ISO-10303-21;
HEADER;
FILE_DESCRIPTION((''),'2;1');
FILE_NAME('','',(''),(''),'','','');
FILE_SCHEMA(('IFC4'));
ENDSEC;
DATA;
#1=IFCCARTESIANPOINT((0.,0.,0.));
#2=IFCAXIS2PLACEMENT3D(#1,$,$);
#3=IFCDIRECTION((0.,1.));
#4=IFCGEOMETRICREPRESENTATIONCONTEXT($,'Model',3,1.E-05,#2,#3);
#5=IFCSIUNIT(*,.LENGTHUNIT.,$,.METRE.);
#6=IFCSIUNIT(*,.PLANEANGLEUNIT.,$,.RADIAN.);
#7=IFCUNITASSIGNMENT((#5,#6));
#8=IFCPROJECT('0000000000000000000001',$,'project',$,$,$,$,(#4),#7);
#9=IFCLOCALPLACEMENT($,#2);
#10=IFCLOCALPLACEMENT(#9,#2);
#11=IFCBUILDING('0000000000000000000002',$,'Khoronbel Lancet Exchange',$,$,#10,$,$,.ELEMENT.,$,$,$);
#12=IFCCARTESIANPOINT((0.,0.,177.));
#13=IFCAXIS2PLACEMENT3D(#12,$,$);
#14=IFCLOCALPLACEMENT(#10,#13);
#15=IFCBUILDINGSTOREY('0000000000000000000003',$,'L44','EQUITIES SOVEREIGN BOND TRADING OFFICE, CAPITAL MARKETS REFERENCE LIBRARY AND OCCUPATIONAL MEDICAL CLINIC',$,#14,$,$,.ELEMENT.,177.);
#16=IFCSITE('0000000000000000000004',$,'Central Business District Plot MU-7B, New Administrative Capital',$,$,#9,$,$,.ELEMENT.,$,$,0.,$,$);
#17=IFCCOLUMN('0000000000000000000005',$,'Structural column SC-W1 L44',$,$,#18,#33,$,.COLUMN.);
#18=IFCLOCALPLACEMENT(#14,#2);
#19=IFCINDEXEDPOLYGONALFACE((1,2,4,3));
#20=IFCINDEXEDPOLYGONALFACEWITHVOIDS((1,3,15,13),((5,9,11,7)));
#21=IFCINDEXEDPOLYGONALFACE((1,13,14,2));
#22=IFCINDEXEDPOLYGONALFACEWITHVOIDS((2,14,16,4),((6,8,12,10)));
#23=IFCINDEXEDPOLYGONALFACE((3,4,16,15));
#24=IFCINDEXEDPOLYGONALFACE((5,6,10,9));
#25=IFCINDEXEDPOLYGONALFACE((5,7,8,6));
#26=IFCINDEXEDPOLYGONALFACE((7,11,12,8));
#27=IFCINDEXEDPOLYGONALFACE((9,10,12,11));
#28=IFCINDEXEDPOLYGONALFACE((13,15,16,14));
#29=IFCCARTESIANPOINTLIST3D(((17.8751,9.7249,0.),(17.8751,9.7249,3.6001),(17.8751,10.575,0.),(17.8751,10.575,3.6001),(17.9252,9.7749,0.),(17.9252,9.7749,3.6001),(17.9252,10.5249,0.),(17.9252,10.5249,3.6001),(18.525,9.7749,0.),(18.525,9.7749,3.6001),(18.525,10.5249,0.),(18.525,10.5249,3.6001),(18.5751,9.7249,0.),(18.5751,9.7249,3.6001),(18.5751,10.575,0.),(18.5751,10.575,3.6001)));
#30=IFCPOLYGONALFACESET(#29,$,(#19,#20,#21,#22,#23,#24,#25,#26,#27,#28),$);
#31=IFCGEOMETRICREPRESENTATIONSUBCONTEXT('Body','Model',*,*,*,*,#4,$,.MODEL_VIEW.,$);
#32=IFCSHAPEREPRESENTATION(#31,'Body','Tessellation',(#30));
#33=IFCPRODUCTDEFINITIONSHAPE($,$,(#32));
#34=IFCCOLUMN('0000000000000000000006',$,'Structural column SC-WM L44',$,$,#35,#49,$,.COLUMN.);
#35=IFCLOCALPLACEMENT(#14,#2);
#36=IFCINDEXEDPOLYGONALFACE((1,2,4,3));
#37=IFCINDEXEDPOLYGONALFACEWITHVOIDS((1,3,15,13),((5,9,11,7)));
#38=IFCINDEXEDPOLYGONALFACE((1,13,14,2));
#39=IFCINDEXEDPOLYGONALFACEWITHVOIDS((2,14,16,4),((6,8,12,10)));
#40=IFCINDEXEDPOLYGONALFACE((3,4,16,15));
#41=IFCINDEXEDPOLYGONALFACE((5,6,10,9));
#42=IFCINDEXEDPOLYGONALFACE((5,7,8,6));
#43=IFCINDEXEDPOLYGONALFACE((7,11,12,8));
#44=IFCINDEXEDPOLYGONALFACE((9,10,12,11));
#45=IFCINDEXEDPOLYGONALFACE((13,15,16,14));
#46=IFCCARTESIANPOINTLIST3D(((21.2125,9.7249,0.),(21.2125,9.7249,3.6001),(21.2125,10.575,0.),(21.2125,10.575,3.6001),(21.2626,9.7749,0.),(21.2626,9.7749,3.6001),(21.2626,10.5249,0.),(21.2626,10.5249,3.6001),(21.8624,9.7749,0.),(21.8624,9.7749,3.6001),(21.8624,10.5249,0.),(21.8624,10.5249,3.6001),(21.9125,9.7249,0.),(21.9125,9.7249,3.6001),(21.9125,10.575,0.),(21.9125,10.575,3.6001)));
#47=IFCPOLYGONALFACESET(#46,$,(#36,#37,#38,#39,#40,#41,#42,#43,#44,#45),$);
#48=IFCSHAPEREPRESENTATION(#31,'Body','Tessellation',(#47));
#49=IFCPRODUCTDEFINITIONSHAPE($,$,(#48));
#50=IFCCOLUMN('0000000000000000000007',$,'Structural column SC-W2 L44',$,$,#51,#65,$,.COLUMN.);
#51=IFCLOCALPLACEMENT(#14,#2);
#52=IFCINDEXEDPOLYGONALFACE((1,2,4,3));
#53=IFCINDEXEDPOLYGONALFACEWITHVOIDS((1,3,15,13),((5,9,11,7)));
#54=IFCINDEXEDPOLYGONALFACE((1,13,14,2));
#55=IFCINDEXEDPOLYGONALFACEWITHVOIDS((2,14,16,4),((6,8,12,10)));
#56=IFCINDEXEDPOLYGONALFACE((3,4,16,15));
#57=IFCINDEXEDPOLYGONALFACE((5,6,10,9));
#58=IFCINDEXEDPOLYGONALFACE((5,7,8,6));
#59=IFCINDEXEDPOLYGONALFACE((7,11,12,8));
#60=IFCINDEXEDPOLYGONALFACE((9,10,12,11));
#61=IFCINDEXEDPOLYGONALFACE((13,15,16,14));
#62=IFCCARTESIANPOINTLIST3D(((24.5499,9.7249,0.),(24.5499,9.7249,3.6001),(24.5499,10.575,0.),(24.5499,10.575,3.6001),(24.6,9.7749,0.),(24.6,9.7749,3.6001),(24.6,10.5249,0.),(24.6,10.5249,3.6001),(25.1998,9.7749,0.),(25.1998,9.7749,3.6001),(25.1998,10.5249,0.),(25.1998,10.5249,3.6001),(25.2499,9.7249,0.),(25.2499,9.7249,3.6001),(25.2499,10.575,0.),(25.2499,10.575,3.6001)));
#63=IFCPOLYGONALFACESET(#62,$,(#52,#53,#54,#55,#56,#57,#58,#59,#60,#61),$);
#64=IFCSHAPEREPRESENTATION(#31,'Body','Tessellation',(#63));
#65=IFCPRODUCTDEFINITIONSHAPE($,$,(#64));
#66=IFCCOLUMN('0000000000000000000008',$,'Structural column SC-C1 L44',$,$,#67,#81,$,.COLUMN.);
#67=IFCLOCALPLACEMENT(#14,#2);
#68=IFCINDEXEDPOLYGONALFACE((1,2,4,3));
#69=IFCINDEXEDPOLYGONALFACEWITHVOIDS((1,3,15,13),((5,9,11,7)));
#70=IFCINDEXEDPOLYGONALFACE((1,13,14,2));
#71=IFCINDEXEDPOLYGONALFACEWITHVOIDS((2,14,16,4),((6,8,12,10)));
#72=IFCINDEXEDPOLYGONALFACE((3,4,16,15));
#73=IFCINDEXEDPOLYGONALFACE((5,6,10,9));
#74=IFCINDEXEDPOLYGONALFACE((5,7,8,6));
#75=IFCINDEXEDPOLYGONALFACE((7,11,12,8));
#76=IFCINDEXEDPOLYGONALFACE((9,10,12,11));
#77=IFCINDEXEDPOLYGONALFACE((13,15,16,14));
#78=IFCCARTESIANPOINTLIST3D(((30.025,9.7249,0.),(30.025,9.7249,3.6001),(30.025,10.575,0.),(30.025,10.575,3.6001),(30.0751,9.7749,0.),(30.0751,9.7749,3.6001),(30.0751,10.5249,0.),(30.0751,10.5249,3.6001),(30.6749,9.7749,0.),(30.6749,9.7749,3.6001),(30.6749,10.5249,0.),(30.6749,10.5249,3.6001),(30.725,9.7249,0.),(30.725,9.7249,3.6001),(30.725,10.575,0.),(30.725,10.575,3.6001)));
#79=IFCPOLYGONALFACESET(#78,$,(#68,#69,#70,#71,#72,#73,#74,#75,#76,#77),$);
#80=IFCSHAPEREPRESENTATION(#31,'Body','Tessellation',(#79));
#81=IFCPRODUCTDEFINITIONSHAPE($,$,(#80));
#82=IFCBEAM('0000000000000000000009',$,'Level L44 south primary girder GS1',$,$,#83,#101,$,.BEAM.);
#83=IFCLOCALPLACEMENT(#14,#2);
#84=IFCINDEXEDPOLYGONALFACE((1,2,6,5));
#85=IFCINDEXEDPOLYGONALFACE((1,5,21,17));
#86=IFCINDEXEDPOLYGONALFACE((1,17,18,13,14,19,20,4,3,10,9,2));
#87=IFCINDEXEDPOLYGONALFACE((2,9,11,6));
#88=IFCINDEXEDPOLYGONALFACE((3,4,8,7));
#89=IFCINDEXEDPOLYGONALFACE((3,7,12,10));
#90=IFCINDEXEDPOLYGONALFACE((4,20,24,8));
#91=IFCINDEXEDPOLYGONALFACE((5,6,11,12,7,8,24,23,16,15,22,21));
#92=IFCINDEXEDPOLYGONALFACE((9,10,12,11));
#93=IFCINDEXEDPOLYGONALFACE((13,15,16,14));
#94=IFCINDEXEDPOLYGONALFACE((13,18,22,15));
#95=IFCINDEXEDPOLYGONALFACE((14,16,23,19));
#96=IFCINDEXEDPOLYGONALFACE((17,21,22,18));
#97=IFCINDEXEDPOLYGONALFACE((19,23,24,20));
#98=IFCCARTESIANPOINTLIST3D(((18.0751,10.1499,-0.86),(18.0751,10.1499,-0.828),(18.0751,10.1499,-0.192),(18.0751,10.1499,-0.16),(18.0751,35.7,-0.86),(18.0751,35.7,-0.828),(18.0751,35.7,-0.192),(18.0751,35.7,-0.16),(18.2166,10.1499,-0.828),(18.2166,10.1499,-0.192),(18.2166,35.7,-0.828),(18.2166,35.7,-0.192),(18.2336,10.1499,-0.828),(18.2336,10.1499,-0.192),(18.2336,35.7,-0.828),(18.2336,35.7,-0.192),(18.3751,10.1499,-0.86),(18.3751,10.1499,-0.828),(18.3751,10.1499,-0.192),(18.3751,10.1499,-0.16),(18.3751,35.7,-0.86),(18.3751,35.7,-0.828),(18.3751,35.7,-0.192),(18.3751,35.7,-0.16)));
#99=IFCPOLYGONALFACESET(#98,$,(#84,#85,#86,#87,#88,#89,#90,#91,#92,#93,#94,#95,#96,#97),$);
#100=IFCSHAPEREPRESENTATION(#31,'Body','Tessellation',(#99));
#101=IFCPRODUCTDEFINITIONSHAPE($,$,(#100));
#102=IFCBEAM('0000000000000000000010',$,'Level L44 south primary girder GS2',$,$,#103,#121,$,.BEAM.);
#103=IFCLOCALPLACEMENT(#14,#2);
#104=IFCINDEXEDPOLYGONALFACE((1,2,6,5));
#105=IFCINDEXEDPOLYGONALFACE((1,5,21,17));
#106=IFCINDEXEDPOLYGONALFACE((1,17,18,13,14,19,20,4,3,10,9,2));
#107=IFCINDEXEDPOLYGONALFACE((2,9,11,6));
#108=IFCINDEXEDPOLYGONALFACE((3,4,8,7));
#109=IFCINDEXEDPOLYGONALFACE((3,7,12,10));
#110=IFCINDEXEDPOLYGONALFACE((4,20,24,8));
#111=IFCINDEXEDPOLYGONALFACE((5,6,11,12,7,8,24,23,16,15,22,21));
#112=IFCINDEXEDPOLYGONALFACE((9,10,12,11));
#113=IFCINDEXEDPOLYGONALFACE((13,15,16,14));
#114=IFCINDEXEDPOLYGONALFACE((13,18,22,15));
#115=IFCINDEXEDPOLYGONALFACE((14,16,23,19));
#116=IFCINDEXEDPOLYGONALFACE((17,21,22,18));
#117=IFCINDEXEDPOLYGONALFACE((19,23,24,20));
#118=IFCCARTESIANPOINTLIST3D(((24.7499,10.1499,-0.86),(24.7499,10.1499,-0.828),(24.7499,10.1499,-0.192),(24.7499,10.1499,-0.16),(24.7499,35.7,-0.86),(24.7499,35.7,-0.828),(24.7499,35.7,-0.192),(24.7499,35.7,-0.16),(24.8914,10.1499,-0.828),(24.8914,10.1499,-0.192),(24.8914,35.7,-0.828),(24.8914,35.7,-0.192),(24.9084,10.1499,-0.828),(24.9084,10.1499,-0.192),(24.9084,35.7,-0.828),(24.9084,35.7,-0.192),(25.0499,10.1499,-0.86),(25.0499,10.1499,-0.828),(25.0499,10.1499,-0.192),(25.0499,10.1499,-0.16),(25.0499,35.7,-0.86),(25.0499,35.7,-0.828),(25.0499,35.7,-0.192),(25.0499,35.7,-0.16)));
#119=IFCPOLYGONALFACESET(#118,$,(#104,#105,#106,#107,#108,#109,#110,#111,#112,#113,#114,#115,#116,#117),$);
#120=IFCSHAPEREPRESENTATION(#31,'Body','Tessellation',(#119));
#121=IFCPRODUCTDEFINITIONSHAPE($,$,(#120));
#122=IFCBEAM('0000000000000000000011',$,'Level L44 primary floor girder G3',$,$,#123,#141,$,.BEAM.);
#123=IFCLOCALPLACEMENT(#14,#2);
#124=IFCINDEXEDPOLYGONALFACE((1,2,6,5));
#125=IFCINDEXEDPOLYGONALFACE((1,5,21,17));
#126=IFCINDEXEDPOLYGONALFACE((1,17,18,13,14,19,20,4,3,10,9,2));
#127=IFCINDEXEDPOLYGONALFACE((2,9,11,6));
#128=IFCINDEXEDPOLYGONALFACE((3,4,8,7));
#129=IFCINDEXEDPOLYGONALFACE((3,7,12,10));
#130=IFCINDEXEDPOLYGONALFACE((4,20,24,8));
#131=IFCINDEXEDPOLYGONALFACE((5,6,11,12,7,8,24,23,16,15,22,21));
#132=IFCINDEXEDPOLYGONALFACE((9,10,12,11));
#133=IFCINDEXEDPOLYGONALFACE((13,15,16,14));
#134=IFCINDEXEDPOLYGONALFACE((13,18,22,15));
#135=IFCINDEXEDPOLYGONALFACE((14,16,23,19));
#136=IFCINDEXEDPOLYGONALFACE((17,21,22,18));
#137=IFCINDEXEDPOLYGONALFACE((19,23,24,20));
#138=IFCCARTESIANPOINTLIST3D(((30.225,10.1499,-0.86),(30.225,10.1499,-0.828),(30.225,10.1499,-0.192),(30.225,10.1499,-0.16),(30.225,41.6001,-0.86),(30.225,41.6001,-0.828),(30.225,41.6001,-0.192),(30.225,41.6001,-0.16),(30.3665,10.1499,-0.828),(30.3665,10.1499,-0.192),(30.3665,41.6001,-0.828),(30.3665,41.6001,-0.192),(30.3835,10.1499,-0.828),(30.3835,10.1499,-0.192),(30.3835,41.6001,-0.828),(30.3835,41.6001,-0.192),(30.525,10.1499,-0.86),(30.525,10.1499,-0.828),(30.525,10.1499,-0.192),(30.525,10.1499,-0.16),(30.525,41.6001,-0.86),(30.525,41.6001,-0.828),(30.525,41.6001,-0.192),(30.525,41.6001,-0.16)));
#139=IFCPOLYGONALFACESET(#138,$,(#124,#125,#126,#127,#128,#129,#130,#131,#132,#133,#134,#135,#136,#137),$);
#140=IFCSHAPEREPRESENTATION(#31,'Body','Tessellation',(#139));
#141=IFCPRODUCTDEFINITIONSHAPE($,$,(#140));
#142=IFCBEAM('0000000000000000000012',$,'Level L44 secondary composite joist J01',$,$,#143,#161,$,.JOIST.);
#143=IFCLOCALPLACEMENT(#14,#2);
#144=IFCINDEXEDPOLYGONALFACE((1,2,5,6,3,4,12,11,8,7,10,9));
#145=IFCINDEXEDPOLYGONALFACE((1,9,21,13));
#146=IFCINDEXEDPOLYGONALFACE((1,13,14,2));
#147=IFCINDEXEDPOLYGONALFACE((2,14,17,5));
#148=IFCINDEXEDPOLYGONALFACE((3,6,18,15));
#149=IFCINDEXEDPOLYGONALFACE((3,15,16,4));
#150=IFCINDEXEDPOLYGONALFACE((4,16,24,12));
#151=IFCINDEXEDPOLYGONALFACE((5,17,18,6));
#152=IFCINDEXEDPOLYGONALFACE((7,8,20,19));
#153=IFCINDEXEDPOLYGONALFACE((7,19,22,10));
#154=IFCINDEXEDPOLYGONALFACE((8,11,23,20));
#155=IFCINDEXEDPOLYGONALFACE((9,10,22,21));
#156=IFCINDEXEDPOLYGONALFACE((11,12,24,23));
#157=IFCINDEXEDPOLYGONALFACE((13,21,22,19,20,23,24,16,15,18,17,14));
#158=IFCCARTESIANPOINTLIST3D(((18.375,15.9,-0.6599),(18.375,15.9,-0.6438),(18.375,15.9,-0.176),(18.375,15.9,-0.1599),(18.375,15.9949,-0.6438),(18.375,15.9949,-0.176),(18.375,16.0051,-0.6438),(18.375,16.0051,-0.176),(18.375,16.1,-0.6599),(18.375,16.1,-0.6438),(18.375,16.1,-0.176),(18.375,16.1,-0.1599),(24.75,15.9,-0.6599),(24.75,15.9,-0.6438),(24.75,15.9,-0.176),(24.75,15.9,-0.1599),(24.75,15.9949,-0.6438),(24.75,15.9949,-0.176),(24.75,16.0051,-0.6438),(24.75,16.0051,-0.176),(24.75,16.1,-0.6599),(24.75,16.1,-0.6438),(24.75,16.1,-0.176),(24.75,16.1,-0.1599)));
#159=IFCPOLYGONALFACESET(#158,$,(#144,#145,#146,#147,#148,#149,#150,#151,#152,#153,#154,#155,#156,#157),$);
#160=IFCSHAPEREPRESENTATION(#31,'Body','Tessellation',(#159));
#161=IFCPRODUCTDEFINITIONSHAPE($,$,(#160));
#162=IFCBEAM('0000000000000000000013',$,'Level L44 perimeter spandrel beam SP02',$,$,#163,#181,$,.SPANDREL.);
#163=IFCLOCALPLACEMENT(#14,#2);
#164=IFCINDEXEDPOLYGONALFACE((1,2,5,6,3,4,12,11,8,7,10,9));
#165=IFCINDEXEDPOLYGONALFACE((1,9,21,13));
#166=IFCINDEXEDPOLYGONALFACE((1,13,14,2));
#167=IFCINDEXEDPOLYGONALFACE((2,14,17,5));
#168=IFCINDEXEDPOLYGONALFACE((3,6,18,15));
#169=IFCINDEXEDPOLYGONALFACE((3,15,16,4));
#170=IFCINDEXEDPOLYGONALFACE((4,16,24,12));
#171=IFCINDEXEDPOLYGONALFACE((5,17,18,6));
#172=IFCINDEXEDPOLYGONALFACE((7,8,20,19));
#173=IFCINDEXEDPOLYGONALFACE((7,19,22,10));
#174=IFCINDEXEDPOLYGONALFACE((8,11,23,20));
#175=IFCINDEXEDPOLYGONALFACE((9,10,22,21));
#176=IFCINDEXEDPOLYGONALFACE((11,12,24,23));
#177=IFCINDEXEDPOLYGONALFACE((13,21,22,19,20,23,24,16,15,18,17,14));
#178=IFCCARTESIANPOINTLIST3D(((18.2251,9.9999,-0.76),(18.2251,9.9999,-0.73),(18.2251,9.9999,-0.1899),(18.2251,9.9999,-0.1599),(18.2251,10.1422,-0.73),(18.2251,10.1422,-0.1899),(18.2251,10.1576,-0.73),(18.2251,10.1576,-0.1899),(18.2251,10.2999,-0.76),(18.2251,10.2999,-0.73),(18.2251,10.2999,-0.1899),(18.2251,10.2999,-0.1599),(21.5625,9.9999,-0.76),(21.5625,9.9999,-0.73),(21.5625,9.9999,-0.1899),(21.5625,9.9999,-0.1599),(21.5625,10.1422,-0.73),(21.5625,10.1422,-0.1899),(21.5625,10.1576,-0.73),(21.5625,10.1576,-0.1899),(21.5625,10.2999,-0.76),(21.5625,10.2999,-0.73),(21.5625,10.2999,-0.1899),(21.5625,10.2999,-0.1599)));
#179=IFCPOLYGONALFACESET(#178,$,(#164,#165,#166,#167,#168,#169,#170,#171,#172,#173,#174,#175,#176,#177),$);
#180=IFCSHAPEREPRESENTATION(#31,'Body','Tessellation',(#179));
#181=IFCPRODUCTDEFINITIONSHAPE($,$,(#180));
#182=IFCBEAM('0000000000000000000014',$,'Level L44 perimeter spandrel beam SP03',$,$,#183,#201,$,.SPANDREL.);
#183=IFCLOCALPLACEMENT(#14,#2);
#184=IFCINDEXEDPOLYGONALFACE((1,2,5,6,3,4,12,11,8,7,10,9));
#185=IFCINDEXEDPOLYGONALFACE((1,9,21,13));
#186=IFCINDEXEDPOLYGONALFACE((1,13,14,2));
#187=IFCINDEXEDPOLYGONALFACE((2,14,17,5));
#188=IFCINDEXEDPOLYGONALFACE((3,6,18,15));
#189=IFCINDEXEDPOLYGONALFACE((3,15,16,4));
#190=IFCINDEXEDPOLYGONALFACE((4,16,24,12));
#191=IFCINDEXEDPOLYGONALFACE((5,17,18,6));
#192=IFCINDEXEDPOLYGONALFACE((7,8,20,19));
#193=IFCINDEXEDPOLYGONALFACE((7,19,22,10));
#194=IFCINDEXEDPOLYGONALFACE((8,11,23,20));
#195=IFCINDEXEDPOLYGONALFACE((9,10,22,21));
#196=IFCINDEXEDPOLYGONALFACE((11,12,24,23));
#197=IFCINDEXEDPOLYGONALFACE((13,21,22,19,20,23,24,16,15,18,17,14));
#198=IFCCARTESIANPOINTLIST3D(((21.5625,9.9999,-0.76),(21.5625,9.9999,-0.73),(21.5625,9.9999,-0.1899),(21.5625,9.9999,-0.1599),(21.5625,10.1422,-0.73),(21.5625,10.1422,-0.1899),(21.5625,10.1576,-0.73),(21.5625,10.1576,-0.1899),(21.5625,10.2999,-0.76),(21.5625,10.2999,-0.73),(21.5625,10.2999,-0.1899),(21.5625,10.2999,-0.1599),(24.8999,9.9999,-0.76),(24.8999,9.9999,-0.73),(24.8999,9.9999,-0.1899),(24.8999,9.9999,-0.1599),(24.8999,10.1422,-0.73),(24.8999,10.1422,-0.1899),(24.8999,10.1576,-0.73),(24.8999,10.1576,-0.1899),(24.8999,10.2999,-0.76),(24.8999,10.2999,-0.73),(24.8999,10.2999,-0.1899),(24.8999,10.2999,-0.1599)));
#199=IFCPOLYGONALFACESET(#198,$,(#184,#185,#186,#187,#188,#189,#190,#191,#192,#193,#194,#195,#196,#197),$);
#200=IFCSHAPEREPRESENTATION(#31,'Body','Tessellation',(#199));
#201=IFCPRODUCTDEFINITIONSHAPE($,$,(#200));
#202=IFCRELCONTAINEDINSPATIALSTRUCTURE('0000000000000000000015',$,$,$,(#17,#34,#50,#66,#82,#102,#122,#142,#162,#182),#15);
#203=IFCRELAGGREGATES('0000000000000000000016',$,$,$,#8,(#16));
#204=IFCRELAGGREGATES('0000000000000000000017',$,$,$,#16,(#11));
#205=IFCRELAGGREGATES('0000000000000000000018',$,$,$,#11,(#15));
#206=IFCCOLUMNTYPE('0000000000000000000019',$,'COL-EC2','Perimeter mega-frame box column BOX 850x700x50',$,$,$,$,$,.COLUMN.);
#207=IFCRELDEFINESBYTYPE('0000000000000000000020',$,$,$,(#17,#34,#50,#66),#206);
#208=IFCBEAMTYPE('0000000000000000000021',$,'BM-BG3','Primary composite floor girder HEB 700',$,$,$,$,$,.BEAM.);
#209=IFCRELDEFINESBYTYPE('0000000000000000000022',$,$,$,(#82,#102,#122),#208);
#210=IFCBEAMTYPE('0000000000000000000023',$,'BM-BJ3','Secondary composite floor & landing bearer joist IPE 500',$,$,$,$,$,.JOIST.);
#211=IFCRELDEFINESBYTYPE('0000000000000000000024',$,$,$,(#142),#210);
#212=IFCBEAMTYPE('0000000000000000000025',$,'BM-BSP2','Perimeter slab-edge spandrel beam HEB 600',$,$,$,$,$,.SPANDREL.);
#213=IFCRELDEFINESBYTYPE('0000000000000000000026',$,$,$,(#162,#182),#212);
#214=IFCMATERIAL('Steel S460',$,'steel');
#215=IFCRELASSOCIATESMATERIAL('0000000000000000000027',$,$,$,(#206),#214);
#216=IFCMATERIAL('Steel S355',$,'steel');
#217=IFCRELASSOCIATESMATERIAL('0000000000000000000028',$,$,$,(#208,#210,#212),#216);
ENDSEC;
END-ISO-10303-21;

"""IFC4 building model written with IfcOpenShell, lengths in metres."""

from ifc_helpers import new_model, si_unit, direction, frame, origin, origin_2d, place, context, subcontext, project, spatial, hollow_rectangle, i_section, extrude, material, material_profile, profile_set, type_object, element, save


model = new_model("IFC4")

# Units and contexts
model_context = context("Model", 3, precision=1e-05, world=origin(), true_north=direction((0.0, 1.0)))
body_context = subcontext(model_context, "Body", "Model", "MODEL_VIEW")
ifc_project = project(units=[si_unit("LENGTHUNIT", "METRE"), si_unit("PLANEANGLEUNIT", "RADIAN")], contexts=[model_context])

# Site, building, storey
site_placement = place(None, origin())
site = spatial("IfcSite", under=ifc_project, at=site_placement, Name="Central Business District Plot MU-7B, New Administrative Capital", CompositionType="ELEMENT", RefElevation=0.0)
building_placement = place(site_placement, origin())
building = spatial("IfcBuilding", under=site, at=building_placement, Name="Khoronbel Lancet Exchange", CompositionType="ELEMENT")
storey_placement = place(building_placement, frame((0.0, 0.0, 177.0)))
storey = spatial("IfcBuildingStorey", under=building, at=storey_placement, Name="L44", Description="EQUITIES SOVEREIGN BOND TRADING OFFICE, CAPITAL MARKETS REFERENCE LIBRARY AND OCCUPATIONAL MEDICAL CLINIC", CompositionType="ELEMENT", Elevation=177.0)

# Columns
ifc_material_1 = material(Name="Steel S460", Category="steel")
ifc_material_profile_1 = material_profile(ifc_material_1, hollow_rectangle(XDim=0.7, YDim=0.8501, WallThickness=0.05, at=origin_2d()), Name="BOX 850x700x50")
ifc_profile_set_1 = profile_set([ifc_material_profile_1], Name="Steel S460")
column_type = type_object("IfcColumnType", Name="COL-EC2", Description="Perimeter mega-frame box column BOX 850x700x50", PredefinedType="COLUMN", material=ifc_profile_set_1)
for number, where, z_axis, x_axis, name in (
    (1, (18.2251, 10.1499, 0.0), (0.0, 0.0, 1.0), (1.0, 0.0, 0.0), "Structural column SC-W1 L44"),
    (2, (21.5625, 10.1499, 0.0), (0.0, 0.0, 1.0), (1.0, 0.0, 0.0), "Structural column SC-WM L44"),
    (3, (24.8999, 10.1499, 0.0), (0.0, 0.0, 1.0), (1.0, 0.0, 0.0), "Structural column SC-W2 L44"),
    (4, (30.375, 10.1499, 0.0), (0.0, 0.0, 1.0), (1.0, 0.0, 0.0), "Structural column SC-C1 L44"),
):
    element("IfcColumn", number, at=place(storey_placement, frame(where, z_axis=z_axis, x_axis=x_axis)), inside=storey, type_object=column_type, Name=name, PredefinedType="COLUMN", context=body_context, shape_type="SweptSolid", body=[
        extrude(hollow_rectangle(XDim=0.7, YDim=0.8501, WallThickness=0.05, at=origin_2d()), origin(), (0.0, 0.0, 1.0), 3.6001),
    ])

# Beams
ifc_material_2 = material(Name="Steel S355", Category="steel")
ifc_material_profile_2 = material_profile(ifc_material_2, i_section(OverallWidth=0.3, OverallDepth=0.7, WebThickness=0.0171, FlangeThickness=0.032, at=origin_2d()), Name="HEB 700")
ifc_profile_set_2 = profile_set([ifc_material_profile_2], Name="Steel S355")
beam_type_1 = type_object("IfcBeamType", Name="BM-BG3", Description="Primary composite floor girder HEB 700", PredefinedType="BEAM", material=ifc_profile_set_2)
for number, where, z_axis, x_axis, name in (
    (5, (18.2251, 10.1499, -0.51), (0.0, 1.0, 0.0), (-1.0, 0.0, 0.0), "Level L44 south primary girder GS1"),
    (6, (24.8999, 10.1499, -0.51), (0.0, 1.0, 0.0), (-1.0, 0.0, 0.0), "Level L44 south primary girder GS2"),
):
    element("IfcBeam", number, at=place(storey_placement, frame(where, z_axis=z_axis, x_axis=x_axis)), inside=storey, type_object=beam_type_1, Name=name, PredefinedType="BEAM", context=body_context, shape_type="SweptSolid", body=[
        extrude(i_section(OverallWidth=0.3, OverallDepth=0.7, WebThickness=0.0171, FlangeThickness=0.032, at=origin_2d()), origin(), (0.0, 0.0, 1.0), 25.55),
    ])
beam_1_placement = place(storey_placement, frame((30.375, 10.1499, -0.51), z_axis=(0.0, 1.0, 0.0), x_axis=(-1.0, 0.0, 0.0)))
element("IfcBeam", 7, at=beam_1_placement, inside=storey, type_object=beam_type_1, Name="Level L44 primary floor girder G3", PredefinedType="BEAM", context=body_context, shape_type="SweptSolid", body=[
    extrude(i_section(OverallWidth=0.3, OverallDepth=0.7, WebThickness=0.0171, FlangeThickness=0.032, at=origin_2d()), origin(), (0.0, 0.0, 1.0), 31.4502),
])
ifc_material_profile_3 = material_profile(ifc_material_2, i_section(OverallWidth=0.2, OverallDepth=0.5, WebThickness=0.0103, FlangeThickness=0.0161, at=origin_2d()), Name="IPE 500")
ifc_profile_set_3 = profile_set([ifc_material_profile_3], Name="Steel S355")
beam_type_2 = type_object("IfcBeamType", Name="BM-BJ3", Description="Secondary composite floor & landing bearer joist IPE 500", PredefinedType="JOIST", material=ifc_profile_set_3)
beam_2_placement = place(storey_placement, frame((18.375, 16.0, -0.4099), z_axis=(1.0, 0.0, 0.0), x_axis=(0.0, 1.0, 0.0)))
element("IfcBeam", 8, at=beam_2_placement, inside=storey, type_object=beam_type_2, Name="Level L44 secondary composite joist J01", PredefinedType="JOIST", context=body_context, shape_type="SweptSolid", body=[
    extrude(i_section(OverallWidth=0.2, OverallDepth=0.5, WebThickness=0.0103, FlangeThickness=0.0161, at=origin_2d()), origin(), (0.0, 0.0, 1.0), 6.375),
])
ifc_material_profile_4 = material_profile(ifc_material_2, i_section(OverallWidth=0.3, OverallDepth=0.6001, WebThickness=0.0154, FlangeThickness=0.03, at=origin_2d()), Name="HEB 600")
ifc_profile_set_4 = profile_set([ifc_material_profile_4], Name="Steel S355")
beam_type_3 = type_object("IfcBeamType", Name="BM-BSP2", Description="Perimeter slab-edge spandrel beam HEB 600", PredefinedType="SPANDREL", material=ifc_profile_set_4)
for number, where, z_axis, x_axis, name in (
    (9, (18.2251, 10.1499, -0.46), (1.0, 0.0, 0.0), (0.0, 1.0, 0.0), "Level L44 perimeter spandrel beam SP02"),
    (10, (21.5625, 10.1499, -0.46), (1.0, 0.0, 0.0), (0.0, 1.0, 0.0), "Level L44 perimeter spandrel beam SP03"),
):
    element("IfcBeam", number, at=place(storey_placement, frame(where, z_axis=z_axis, x_axis=x_axis)), inside=storey, type_object=beam_type_3, Name=name, PredefinedType="SPANDREL", context=body_context, shape_type="SweptSolid", body=[
        extrude(i_section(OverallWidth=0.3, OverallDepth=0.6001, WebThickness=0.0154, FlangeThickness=0.03, at=origin_2d()), origin(), (0.0, 0.0, 1.0), 3.3374),
    ])

save(model, "model.ifc")
